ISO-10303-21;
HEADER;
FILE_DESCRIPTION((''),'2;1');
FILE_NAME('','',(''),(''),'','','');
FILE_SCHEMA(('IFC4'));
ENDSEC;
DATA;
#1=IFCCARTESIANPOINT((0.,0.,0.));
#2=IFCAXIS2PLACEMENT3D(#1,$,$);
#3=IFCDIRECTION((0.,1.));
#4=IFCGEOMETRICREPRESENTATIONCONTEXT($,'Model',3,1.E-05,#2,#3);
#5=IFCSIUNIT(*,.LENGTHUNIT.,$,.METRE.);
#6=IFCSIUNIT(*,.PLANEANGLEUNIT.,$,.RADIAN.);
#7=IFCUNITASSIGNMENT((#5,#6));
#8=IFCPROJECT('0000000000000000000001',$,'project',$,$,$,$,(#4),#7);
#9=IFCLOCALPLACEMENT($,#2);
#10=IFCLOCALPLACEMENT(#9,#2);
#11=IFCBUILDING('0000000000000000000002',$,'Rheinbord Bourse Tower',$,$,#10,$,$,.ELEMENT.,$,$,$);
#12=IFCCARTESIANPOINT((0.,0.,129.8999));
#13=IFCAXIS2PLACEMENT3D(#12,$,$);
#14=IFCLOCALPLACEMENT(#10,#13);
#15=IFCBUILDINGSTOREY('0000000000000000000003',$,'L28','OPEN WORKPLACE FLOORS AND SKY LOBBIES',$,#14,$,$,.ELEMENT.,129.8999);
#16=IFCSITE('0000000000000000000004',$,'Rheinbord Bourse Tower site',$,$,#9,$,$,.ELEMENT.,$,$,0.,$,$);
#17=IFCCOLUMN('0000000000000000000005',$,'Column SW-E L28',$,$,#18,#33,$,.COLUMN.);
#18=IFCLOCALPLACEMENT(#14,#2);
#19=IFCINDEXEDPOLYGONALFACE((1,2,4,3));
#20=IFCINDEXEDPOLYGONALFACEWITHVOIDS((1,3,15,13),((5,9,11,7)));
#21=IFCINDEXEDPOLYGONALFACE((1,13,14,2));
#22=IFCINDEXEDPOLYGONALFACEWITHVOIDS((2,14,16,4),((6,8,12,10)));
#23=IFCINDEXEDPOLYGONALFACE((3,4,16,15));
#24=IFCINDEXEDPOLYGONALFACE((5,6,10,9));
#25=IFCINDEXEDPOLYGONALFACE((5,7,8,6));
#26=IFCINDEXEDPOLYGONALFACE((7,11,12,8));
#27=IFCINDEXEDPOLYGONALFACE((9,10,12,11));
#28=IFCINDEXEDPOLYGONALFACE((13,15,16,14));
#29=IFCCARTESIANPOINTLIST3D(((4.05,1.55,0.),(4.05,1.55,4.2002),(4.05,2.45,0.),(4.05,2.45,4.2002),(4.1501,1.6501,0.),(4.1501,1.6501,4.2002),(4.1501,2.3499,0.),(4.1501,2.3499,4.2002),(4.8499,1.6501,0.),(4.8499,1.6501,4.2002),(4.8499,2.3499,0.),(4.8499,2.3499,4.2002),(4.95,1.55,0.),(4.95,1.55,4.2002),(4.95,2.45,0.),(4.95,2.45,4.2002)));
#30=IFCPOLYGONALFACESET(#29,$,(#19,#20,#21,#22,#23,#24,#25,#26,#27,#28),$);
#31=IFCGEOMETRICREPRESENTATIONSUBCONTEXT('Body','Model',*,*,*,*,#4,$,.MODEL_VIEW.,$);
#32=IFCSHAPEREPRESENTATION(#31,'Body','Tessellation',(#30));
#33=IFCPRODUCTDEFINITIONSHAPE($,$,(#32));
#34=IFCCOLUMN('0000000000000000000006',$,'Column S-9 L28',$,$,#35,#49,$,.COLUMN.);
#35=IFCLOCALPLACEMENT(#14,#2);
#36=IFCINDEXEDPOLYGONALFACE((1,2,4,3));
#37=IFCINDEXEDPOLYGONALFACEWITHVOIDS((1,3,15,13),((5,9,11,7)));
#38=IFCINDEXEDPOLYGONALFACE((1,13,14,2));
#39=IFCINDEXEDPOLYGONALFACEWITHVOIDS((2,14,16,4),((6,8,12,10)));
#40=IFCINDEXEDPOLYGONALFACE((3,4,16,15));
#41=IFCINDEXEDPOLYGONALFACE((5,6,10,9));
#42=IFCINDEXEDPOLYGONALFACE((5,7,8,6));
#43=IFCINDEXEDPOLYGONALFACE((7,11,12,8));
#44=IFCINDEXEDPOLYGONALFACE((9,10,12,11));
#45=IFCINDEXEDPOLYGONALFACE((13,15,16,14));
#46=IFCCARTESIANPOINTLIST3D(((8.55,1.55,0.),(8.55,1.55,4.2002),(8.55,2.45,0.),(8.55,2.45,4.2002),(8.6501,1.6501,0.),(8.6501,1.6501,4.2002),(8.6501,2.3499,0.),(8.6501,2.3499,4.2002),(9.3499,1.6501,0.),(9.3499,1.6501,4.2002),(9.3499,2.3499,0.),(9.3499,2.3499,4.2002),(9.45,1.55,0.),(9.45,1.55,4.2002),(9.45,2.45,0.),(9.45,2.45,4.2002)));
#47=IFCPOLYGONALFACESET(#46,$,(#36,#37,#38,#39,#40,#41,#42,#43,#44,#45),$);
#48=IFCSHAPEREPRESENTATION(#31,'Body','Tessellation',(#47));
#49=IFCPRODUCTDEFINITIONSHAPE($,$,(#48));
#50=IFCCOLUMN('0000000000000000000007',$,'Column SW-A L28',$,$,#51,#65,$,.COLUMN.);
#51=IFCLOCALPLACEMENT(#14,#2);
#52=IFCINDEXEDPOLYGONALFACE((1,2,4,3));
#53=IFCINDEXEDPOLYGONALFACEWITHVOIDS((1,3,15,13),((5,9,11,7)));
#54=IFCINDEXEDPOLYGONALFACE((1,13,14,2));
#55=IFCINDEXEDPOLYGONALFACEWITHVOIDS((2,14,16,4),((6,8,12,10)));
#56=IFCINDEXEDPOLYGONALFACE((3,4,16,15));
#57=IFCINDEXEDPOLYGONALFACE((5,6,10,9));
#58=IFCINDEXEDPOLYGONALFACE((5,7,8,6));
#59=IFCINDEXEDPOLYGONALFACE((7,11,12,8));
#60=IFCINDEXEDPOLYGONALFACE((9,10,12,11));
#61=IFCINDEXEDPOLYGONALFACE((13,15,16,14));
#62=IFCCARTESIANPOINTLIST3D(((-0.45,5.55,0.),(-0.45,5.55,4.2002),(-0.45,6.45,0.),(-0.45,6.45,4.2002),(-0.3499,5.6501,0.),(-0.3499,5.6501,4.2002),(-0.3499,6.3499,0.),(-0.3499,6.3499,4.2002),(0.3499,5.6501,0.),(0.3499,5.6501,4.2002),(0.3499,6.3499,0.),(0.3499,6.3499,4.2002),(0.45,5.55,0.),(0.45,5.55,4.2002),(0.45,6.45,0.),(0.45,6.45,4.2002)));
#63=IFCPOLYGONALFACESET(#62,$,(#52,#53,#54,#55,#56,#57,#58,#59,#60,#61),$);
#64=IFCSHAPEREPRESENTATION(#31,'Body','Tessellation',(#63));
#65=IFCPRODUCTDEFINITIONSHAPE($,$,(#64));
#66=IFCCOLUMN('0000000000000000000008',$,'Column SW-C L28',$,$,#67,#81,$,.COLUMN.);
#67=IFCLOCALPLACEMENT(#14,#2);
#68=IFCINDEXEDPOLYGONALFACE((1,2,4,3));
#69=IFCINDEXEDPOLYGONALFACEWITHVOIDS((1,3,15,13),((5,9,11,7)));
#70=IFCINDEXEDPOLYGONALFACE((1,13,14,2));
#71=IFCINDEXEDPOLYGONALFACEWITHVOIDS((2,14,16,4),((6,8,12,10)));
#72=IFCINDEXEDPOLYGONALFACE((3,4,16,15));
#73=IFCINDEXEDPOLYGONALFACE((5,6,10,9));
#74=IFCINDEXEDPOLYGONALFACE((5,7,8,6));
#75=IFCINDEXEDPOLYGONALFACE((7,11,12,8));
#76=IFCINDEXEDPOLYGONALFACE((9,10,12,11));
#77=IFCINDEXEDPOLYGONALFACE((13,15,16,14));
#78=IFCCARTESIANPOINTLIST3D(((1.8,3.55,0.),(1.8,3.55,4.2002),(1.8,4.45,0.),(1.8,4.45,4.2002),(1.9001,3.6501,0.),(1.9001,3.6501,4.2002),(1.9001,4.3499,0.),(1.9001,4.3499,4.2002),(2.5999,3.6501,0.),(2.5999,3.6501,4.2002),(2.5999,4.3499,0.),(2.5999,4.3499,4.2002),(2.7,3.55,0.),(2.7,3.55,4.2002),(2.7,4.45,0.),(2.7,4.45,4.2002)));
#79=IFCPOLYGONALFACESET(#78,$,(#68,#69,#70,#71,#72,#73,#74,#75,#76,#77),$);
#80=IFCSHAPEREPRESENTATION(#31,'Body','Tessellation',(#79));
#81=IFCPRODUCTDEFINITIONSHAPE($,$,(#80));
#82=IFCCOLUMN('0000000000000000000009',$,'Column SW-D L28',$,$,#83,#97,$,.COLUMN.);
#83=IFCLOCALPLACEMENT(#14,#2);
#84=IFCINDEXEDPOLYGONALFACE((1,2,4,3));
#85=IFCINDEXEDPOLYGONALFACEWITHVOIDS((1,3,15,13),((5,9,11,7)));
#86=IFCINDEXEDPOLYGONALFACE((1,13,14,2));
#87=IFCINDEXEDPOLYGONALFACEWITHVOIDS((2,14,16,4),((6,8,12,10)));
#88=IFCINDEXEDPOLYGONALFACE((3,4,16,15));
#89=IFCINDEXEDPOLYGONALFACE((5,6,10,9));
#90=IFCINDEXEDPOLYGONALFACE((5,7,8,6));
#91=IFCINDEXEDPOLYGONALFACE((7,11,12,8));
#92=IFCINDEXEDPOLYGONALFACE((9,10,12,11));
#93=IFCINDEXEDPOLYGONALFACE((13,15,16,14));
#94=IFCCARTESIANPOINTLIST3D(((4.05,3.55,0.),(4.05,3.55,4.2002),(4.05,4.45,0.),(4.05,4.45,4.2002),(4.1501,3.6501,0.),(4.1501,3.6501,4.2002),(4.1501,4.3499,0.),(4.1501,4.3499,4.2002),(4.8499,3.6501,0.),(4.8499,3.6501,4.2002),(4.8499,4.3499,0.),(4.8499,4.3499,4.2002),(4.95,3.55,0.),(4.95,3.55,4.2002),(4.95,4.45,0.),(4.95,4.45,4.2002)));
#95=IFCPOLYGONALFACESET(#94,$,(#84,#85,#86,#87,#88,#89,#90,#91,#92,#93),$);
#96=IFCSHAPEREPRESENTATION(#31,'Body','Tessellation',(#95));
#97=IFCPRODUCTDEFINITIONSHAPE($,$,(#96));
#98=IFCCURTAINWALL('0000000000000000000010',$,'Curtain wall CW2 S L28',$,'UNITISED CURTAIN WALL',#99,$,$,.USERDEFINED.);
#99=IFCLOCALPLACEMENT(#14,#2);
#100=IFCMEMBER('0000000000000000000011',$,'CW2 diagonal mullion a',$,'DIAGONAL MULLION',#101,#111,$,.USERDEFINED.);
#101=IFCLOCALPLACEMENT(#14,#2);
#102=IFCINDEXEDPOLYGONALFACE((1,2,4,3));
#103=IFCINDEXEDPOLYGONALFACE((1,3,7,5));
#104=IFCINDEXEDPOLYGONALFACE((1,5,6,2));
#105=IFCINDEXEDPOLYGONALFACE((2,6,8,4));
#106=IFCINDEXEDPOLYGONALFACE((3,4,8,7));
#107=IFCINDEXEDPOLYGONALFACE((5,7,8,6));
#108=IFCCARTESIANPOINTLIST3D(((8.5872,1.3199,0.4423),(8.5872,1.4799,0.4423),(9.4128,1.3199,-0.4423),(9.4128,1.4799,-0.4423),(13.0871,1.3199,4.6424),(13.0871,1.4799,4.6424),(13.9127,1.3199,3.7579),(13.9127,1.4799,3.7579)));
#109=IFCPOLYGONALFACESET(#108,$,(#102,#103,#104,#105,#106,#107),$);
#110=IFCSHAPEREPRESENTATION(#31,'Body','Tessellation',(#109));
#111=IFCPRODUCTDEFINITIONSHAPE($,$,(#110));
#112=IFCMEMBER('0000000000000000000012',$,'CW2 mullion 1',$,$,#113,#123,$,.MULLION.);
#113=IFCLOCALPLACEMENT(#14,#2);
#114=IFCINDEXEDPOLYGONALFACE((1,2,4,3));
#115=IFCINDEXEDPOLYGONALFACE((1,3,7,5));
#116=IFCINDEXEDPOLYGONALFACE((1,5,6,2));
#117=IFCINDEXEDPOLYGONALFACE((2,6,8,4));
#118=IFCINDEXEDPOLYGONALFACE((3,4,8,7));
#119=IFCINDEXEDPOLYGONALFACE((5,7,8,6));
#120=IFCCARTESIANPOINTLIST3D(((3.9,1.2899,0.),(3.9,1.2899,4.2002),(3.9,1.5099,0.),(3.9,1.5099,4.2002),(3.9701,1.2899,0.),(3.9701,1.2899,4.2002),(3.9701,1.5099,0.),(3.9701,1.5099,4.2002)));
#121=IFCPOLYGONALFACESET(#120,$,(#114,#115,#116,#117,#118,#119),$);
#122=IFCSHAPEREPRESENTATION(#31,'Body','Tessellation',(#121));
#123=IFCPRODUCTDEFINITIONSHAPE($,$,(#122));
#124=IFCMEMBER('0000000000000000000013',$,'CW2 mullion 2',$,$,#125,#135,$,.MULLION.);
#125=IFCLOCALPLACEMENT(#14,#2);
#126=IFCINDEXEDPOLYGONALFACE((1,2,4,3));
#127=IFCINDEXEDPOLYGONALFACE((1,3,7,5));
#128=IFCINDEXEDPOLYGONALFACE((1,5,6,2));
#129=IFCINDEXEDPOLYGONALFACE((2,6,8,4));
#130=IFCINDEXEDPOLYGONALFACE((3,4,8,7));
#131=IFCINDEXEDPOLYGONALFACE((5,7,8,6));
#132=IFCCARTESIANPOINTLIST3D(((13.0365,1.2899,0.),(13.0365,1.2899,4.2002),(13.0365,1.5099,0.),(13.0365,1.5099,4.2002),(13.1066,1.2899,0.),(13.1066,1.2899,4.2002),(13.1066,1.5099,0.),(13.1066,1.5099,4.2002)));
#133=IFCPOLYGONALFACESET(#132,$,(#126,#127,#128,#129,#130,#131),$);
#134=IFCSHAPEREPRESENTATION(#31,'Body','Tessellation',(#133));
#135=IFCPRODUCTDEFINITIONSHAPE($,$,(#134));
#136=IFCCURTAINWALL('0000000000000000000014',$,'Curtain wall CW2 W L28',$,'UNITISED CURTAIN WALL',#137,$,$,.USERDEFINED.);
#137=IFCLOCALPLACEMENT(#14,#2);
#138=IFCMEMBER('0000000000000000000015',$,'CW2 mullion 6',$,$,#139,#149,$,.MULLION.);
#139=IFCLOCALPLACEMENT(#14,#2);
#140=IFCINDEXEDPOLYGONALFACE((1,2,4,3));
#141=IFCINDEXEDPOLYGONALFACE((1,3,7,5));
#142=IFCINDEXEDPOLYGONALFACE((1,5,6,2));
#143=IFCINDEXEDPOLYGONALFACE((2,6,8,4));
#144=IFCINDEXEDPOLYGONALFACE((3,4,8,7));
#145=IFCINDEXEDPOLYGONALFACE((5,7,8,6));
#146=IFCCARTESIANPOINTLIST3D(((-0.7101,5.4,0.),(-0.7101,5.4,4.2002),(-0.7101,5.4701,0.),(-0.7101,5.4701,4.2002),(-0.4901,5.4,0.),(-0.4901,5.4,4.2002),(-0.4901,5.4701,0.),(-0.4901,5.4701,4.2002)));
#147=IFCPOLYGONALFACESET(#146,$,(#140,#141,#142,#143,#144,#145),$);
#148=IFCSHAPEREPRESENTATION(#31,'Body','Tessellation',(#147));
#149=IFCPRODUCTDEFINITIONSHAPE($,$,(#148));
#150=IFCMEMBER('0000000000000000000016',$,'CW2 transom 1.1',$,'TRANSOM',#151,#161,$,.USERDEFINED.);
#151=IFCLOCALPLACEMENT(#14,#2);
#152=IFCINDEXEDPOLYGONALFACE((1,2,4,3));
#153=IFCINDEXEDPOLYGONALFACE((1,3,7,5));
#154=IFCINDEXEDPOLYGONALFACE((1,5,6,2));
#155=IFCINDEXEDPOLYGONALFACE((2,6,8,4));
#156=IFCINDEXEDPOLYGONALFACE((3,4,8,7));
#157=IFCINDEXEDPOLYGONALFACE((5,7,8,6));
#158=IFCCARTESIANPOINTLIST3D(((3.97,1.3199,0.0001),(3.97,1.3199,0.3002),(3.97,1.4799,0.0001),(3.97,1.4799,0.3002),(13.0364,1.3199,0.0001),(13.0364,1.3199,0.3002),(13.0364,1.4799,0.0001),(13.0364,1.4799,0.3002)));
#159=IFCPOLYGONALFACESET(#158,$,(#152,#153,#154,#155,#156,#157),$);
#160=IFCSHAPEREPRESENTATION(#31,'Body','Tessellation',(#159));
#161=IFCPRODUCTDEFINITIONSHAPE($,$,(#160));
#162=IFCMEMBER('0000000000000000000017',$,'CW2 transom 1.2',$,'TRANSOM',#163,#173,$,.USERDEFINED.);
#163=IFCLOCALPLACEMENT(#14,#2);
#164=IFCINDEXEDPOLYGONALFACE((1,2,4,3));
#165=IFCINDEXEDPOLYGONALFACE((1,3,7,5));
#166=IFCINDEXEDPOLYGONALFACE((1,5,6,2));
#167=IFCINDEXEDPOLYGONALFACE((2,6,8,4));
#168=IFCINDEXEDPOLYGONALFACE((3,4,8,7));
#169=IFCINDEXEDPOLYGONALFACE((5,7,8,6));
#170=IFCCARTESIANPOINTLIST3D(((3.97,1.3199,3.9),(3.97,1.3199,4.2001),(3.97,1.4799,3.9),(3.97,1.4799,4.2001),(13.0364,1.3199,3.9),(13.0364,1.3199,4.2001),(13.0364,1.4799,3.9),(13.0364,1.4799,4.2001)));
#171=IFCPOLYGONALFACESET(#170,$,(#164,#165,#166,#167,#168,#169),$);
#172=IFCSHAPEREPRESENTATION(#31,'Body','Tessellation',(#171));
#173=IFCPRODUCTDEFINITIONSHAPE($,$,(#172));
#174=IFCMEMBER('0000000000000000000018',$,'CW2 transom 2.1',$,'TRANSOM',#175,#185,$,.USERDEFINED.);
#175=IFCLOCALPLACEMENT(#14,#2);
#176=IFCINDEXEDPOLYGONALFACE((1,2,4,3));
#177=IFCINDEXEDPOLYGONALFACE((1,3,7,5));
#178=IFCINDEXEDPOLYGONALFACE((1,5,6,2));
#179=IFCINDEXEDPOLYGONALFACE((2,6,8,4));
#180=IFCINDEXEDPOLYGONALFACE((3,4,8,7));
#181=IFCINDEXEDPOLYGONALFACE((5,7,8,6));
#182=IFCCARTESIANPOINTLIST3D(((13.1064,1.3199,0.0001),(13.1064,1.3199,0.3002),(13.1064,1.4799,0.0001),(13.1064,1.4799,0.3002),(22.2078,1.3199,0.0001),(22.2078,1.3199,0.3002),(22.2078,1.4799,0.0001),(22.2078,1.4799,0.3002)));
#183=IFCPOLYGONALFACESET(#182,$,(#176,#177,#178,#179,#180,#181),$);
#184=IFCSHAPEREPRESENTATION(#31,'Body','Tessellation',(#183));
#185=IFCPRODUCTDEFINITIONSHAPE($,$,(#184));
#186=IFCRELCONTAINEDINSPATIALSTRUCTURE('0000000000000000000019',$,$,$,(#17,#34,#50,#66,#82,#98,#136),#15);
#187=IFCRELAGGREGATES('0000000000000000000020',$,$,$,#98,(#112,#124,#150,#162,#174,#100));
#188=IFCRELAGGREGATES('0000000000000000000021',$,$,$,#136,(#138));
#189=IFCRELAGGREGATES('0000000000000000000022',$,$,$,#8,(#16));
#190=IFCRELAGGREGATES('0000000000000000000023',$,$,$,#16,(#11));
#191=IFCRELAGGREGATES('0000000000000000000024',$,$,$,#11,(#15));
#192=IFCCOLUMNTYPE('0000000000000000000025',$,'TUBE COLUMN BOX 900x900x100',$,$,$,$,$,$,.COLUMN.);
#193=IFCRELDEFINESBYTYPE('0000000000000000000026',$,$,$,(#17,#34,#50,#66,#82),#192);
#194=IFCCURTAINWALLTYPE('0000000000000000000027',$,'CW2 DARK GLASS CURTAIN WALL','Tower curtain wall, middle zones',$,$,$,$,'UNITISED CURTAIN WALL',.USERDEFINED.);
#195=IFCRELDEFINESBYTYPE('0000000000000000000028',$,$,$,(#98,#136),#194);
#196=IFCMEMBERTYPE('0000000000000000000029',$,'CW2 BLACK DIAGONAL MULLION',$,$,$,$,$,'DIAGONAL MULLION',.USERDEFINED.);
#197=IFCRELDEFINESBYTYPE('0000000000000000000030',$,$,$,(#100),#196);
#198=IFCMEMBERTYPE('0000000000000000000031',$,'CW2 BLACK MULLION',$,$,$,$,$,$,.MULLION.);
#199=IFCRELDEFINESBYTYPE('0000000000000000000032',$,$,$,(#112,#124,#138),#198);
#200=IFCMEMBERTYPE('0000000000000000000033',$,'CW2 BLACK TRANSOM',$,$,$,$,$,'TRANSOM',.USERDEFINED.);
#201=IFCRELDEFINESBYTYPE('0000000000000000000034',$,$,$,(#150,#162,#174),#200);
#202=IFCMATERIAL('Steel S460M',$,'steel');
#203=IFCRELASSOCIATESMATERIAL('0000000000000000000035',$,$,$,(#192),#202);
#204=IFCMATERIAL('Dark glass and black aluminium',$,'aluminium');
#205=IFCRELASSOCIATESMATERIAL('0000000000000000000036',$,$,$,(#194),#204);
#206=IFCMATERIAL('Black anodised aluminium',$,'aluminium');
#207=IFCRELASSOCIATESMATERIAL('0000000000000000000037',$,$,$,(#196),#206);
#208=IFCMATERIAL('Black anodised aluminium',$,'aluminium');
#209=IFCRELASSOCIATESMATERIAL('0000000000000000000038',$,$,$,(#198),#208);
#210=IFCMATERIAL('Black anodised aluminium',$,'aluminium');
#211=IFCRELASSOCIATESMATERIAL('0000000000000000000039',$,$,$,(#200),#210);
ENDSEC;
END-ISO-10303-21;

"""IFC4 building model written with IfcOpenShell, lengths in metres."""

from ifc_helpers import new_model, si_unit, direction, frame, origin, origin_2d, place, context, subcontext, project, spatial, rectangle, hollow_rectangle, extrude, material, material_profile, profile_set, type_object, element, aggregate, save


model = new_model("IFC4")

# Units and contexts
model_context = context("Model", 3, precision=1e-05, world=origin(), true_north=direction((0.0, 1.0)))
body_context = subcontext(model_context, "Body", "Model", "MODEL_VIEW")
ifc_project = project(units=[si_unit("LENGTHUNIT", "METRE"), si_unit("PLANEANGLEUNIT", "RADIAN")], contexts=[model_context])

# Site, building, storey
site_placement = place(None, origin())
site = spatial("IfcSite", under=ifc_project, at=site_placement, Name="Rheinbord Bourse Tower site", CompositionType="ELEMENT", RefElevation=0.0)
building_placement = place(site_placement, origin())
building = spatial("IfcBuilding", under=site, at=building_placement, Name="Rheinbord Bourse Tower", CompositionType="ELEMENT")
storey_placement = place(building_placement, frame((0.0, 0.0, 129.8999)))
storey = spatial("IfcBuildingStorey", under=building, at=storey_placement, Name="L28", Description="OPEN WORKPLACE FLOORS AND SKY LOBBIES", CompositionType="ELEMENT", Elevation=129.8999)

# Columns
ifc_material_1 = material(Name="Steel S460M", Category="steel")
ifc_material_profile_1 = material_profile(ifc_material_1, hollow_rectangle(XDim=0.8999, YDim=0.8999, WallThickness=0.1001, at=origin_2d()), Name="BOX 900x900x100")
ifc_profile_set_1 = profile_set([ifc_material_profile_1], Name="Steel S460M")
column_type = type_object("IfcColumnType", Name="TUBE COLUMN BOX 900x900x100", PredefinedType="COLUMN", material=ifc_profile_set_1)
for number, where, z_axis, x_axis, name in (
    (1, (4.5, 2.0, 0.0), (0.0, 0.0, 1.0), (0.0, 1.0, 0.0), "Column SW-E L28"),
    (2, (9.0, 2.0, 0.0), (0.0, 0.0, 1.0), (0.0, 1.0, 0.0), "Column S-9 L28"),
    (3, (0.0, 6.0, 0.0), (0.0, 0.0, 1.0), (1.0, 0.0, 0.0), "Column SW-A L28"),
    (4, (2.25, 4.0, 0.0), (0.0, 0.0, 1.0), (1.0, 0.0, 0.0), "Column SW-C L28"),
    (5, (4.5, 4.0, 0.0), (0.0, 0.0, 1.0), (0.0, 1.0, 0.0), "Column SW-D L28"),
):
    element("IfcColumn", number, at=place(storey_placement, frame(where, z_axis=z_axis, x_axis=x_axis)), inside=storey, type_object=column_type, Name=name, PredefinedType="COLUMN", context=body_context, shape_type="SweptSolid", body=[
        extrude(hollow_rectangle(XDim=0.8999, YDim=0.8999, WallThickness=0.1001, at=origin_2d()), origin(), (0.0, 0.0, 1.0), 4.2002),
    ])

# Curtain wall, members
ifc_material_2 = material(Name="Dark glass and black aluminium", Category="aluminium")
curtain_wall_type = type_object("IfcCurtainWallType", Name="CW2 DARK GLASS CURTAIN WALL", Description="Tower curtain wall, middle zones", ElementType="UNITISED CURTAIN WALL", PredefinedType="USERDEFINED", material=ifc_material_2)
curtain_wall_1_placement = place(storey_placement, origin())
curtain_wall_1 = element("IfcCurtainWall", 6, at=curtain_wall_1_placement, inside=storey, type_object=curtain_wall_type, Name="Curtain wall CW2 S L28", ObjectType="UNITISED CURTAIN WALL", PredefinedType="USERDEFINED")
ifc_material_3 = material(Name="Black anodised aluminium", Category="aluminium")
ifc_material_profile_2 = material_profile(ifc_material_3, rectangle(XDim=0.1599, YDim=1.21, at=origin_2d()), Name="CW2 DIAGONAL MULLION 1210x160")
ifc_profile_set_2 = profile_set([ifc_material_profile_2], Name="Black anodised aluminium")
member_type_1 = type_object("IfcMemberType", Name="CW2 BLACK DIAGONAL MULLION", ElementType="DIAGONAL MULLION", PredefinedType="USERDEFINED", material=ifc_profile_set_2)
member_1_placement = place(storey_placement, frame((9.0, 1.3999, 0.0), z_axis=(0.731039, 0.0, 0.682335), x_axis=(0.0, 1.0, 0.0)))
member_1 = element("IfcMember", 7, at=member_1_placement, type_object=member_type_1, Name="CW2 diagonal mullion a", ObjectType="DIAGONAL MULLION", PredefinedType="USERDEFINED", context=body_context, shape_type="SweptSolid", body=[
    extrude(rectangle(XDim=0.1599, YDim=1.21, at=origin_2d()), origin(), (0.0, 0.0, 1.0), 6.1555),
])
ifc_material_4 = material(Name="Black anodised aluminium", Category="aluminium")
ifc_material_profile_3 = material_profile(ifc_material_4, rectangle(XDim=0.22, YDim=0.0701, at=origin_2d()), Name="CW2 MULLION 70x220")
ifc_profile_set_3 = profile_set([ifc_material_profile_3], Name="Black anodised aluminium")
member_type_2 = type_object("IfcMemberType", Name="CW2 BLACK MULLION", PredefinedType="MULLION", material=ifc_profile_set_3)
member_2_placement = place(storey_placement, frame((3.9351, 1.3999, 0.0), z_axis=(0.0, 0.0, 1.0), x_axis=(0.0, 1.0, 0.0)))
member_2 = element("IfcMember", 8, at=member_2_placement, type_object=member_type_2, Name="CW2 mullion 1", PredefinedType="MULLION", context=body_context, shape_type="SweptSolid", body=[
    extrude(rectangle(XDim=0.22, YDim=0.0701, at=origin_2d()), origin(), (0.0, 0.0, 1.0), 4.2002),
])
member_3_placement = place(storey_placement, frame((13.0715, 1.3999, 0.0), z_axis=(0.0, 0.0, 1.0), x_axis=(0.0, 1.0, 0.0)))
member_3 = element("IfcMember", 9, at=member_3_placement, type_object=member_type_2, Name="CW2 mullion 2", PredefinedType="MULLION", context=body_context, shape_type="SweptSolid", body=[
    extrude(rectangle(XDim=0.22, YDim=0.0701, at=origin_2d()), origin(), (0.0, 0.0, 1.0), 4.2002),
])

# Curtain wall, member
curtain_wall_2_placement = place(storey_placement, origin())
curtain_wall_2 = element("IfcCurtainWall", 10, at=curtain_wall_2_placement, inside=storey, type_object=curtain_wall_type, Name="Curtain wall CW2 W L28", ObjectType="UNITISED CURTAIN WALL", PredefinedType="USERDEFINED")
member_4_placement = place(storey_placement, frame((-0.6001, 5.4351, 0.0), z_axis=(0.0, 0.0, 1.0), x_axis=(1.0, 0.0, 0.0)))
member_4 = element("IfcMember", 11, at=member_4_placement, type_object=member_type_2, Name="CW2 mullion 6", PredefinedType="MULLION", context=body_context, shape_type="SweptSolid", body=[
    extrude(rectangle(XDim=0.22, YDim=0.0701, at=origin_2d()), origin(), (0.0, 0.0, 1.0), 4.2002),
])

# Members
ifc_material_5 = material(Name="Black anodised aluminium", Category="aluminium")
ifc_material_profile_4 = material_profile(ifc_material_5, rectangle(XDim=0.1599, YDim=0.3, at=origin_2d()), Name="CW2 TRANSOM 300x160")
ifc_profile_set_4 = profile_set([ifc_material_profile_4], Name="Black anodised aluminium")
member_type_3 = type_object("IfcMemberType", Name="CW2 BLACK TRANSOM", ElementType="TRANSOM", PredefinedType="USERDEFINED", material=ifc_profile_set_4)
member_5_placement = place(storey_placement, frame((3.97, 1.3999, 0.1501), z_axis=(1.0, 0.0, 0.0), x_axis=(0.0, 1.0, 0.0)))
member_5 = element("IfcMember", 12, at=member_5_placement, type_object=member_type_3, Name="CW2 transom 1.1", ObjectType="TRANSOM", PredefinedType="USERDEFINED", context=body_context, shape_type="SweptSolid", body=[
    extrude(rectangle(XDim=0.1599, YDim=0.3, at=origin_2d()), origin(), (0.0, 0.0, 1.0), 9.0664),
])
member_6_placement = place(storey_placement, frame((3.97, 1.3999, 4.05), z_axis=(1.0, 0.0, 0.0), x_axis=(0.0, 1.0, 0.0)))
member_6 = element("IfcMember", 13, at=member_6_placement, type_object=member_type_3, Name="CW2 transom 1.2", ObjectType="TRANSOM", PredefinedType="USERDEFINED", context=body_context, shape_type="SweptSolid", body=[
    extrude(rectangle(XDim=0.1599, YDim=0.3, at=origin_2d()), origin(), (0.0, 0.0, 1.0), 9.0664),
])
member_7_placement = place(storey_placement, frame((13.1064, 1.3999, 0.1501), z_axis=(1.0, 0.0, 0.0), x_axis=(0.0, 1.0, 0.0)))
member_7 = element("IfcMember", 14, at=member_7_placement, type_object=member_type_3, Name="CW2 transom 2.1", ObjectType="TRANSOM", PredefinedType="USERDEFINED", context=body_context, shape_type="SweptSolid", body=[
    extrude(rectangle(XDim=0.1599, YDim=0.3, at=origin_2d()), origin(), (0.0, 0.0, 1.0), 9.1013),
])

aggregate(curtain_wall_1, [member_2, member_3, member_5, member_6, member_7, member_1])
aggregate(curtain_wall_2, [member_4])

save(model, "model.ifc")
